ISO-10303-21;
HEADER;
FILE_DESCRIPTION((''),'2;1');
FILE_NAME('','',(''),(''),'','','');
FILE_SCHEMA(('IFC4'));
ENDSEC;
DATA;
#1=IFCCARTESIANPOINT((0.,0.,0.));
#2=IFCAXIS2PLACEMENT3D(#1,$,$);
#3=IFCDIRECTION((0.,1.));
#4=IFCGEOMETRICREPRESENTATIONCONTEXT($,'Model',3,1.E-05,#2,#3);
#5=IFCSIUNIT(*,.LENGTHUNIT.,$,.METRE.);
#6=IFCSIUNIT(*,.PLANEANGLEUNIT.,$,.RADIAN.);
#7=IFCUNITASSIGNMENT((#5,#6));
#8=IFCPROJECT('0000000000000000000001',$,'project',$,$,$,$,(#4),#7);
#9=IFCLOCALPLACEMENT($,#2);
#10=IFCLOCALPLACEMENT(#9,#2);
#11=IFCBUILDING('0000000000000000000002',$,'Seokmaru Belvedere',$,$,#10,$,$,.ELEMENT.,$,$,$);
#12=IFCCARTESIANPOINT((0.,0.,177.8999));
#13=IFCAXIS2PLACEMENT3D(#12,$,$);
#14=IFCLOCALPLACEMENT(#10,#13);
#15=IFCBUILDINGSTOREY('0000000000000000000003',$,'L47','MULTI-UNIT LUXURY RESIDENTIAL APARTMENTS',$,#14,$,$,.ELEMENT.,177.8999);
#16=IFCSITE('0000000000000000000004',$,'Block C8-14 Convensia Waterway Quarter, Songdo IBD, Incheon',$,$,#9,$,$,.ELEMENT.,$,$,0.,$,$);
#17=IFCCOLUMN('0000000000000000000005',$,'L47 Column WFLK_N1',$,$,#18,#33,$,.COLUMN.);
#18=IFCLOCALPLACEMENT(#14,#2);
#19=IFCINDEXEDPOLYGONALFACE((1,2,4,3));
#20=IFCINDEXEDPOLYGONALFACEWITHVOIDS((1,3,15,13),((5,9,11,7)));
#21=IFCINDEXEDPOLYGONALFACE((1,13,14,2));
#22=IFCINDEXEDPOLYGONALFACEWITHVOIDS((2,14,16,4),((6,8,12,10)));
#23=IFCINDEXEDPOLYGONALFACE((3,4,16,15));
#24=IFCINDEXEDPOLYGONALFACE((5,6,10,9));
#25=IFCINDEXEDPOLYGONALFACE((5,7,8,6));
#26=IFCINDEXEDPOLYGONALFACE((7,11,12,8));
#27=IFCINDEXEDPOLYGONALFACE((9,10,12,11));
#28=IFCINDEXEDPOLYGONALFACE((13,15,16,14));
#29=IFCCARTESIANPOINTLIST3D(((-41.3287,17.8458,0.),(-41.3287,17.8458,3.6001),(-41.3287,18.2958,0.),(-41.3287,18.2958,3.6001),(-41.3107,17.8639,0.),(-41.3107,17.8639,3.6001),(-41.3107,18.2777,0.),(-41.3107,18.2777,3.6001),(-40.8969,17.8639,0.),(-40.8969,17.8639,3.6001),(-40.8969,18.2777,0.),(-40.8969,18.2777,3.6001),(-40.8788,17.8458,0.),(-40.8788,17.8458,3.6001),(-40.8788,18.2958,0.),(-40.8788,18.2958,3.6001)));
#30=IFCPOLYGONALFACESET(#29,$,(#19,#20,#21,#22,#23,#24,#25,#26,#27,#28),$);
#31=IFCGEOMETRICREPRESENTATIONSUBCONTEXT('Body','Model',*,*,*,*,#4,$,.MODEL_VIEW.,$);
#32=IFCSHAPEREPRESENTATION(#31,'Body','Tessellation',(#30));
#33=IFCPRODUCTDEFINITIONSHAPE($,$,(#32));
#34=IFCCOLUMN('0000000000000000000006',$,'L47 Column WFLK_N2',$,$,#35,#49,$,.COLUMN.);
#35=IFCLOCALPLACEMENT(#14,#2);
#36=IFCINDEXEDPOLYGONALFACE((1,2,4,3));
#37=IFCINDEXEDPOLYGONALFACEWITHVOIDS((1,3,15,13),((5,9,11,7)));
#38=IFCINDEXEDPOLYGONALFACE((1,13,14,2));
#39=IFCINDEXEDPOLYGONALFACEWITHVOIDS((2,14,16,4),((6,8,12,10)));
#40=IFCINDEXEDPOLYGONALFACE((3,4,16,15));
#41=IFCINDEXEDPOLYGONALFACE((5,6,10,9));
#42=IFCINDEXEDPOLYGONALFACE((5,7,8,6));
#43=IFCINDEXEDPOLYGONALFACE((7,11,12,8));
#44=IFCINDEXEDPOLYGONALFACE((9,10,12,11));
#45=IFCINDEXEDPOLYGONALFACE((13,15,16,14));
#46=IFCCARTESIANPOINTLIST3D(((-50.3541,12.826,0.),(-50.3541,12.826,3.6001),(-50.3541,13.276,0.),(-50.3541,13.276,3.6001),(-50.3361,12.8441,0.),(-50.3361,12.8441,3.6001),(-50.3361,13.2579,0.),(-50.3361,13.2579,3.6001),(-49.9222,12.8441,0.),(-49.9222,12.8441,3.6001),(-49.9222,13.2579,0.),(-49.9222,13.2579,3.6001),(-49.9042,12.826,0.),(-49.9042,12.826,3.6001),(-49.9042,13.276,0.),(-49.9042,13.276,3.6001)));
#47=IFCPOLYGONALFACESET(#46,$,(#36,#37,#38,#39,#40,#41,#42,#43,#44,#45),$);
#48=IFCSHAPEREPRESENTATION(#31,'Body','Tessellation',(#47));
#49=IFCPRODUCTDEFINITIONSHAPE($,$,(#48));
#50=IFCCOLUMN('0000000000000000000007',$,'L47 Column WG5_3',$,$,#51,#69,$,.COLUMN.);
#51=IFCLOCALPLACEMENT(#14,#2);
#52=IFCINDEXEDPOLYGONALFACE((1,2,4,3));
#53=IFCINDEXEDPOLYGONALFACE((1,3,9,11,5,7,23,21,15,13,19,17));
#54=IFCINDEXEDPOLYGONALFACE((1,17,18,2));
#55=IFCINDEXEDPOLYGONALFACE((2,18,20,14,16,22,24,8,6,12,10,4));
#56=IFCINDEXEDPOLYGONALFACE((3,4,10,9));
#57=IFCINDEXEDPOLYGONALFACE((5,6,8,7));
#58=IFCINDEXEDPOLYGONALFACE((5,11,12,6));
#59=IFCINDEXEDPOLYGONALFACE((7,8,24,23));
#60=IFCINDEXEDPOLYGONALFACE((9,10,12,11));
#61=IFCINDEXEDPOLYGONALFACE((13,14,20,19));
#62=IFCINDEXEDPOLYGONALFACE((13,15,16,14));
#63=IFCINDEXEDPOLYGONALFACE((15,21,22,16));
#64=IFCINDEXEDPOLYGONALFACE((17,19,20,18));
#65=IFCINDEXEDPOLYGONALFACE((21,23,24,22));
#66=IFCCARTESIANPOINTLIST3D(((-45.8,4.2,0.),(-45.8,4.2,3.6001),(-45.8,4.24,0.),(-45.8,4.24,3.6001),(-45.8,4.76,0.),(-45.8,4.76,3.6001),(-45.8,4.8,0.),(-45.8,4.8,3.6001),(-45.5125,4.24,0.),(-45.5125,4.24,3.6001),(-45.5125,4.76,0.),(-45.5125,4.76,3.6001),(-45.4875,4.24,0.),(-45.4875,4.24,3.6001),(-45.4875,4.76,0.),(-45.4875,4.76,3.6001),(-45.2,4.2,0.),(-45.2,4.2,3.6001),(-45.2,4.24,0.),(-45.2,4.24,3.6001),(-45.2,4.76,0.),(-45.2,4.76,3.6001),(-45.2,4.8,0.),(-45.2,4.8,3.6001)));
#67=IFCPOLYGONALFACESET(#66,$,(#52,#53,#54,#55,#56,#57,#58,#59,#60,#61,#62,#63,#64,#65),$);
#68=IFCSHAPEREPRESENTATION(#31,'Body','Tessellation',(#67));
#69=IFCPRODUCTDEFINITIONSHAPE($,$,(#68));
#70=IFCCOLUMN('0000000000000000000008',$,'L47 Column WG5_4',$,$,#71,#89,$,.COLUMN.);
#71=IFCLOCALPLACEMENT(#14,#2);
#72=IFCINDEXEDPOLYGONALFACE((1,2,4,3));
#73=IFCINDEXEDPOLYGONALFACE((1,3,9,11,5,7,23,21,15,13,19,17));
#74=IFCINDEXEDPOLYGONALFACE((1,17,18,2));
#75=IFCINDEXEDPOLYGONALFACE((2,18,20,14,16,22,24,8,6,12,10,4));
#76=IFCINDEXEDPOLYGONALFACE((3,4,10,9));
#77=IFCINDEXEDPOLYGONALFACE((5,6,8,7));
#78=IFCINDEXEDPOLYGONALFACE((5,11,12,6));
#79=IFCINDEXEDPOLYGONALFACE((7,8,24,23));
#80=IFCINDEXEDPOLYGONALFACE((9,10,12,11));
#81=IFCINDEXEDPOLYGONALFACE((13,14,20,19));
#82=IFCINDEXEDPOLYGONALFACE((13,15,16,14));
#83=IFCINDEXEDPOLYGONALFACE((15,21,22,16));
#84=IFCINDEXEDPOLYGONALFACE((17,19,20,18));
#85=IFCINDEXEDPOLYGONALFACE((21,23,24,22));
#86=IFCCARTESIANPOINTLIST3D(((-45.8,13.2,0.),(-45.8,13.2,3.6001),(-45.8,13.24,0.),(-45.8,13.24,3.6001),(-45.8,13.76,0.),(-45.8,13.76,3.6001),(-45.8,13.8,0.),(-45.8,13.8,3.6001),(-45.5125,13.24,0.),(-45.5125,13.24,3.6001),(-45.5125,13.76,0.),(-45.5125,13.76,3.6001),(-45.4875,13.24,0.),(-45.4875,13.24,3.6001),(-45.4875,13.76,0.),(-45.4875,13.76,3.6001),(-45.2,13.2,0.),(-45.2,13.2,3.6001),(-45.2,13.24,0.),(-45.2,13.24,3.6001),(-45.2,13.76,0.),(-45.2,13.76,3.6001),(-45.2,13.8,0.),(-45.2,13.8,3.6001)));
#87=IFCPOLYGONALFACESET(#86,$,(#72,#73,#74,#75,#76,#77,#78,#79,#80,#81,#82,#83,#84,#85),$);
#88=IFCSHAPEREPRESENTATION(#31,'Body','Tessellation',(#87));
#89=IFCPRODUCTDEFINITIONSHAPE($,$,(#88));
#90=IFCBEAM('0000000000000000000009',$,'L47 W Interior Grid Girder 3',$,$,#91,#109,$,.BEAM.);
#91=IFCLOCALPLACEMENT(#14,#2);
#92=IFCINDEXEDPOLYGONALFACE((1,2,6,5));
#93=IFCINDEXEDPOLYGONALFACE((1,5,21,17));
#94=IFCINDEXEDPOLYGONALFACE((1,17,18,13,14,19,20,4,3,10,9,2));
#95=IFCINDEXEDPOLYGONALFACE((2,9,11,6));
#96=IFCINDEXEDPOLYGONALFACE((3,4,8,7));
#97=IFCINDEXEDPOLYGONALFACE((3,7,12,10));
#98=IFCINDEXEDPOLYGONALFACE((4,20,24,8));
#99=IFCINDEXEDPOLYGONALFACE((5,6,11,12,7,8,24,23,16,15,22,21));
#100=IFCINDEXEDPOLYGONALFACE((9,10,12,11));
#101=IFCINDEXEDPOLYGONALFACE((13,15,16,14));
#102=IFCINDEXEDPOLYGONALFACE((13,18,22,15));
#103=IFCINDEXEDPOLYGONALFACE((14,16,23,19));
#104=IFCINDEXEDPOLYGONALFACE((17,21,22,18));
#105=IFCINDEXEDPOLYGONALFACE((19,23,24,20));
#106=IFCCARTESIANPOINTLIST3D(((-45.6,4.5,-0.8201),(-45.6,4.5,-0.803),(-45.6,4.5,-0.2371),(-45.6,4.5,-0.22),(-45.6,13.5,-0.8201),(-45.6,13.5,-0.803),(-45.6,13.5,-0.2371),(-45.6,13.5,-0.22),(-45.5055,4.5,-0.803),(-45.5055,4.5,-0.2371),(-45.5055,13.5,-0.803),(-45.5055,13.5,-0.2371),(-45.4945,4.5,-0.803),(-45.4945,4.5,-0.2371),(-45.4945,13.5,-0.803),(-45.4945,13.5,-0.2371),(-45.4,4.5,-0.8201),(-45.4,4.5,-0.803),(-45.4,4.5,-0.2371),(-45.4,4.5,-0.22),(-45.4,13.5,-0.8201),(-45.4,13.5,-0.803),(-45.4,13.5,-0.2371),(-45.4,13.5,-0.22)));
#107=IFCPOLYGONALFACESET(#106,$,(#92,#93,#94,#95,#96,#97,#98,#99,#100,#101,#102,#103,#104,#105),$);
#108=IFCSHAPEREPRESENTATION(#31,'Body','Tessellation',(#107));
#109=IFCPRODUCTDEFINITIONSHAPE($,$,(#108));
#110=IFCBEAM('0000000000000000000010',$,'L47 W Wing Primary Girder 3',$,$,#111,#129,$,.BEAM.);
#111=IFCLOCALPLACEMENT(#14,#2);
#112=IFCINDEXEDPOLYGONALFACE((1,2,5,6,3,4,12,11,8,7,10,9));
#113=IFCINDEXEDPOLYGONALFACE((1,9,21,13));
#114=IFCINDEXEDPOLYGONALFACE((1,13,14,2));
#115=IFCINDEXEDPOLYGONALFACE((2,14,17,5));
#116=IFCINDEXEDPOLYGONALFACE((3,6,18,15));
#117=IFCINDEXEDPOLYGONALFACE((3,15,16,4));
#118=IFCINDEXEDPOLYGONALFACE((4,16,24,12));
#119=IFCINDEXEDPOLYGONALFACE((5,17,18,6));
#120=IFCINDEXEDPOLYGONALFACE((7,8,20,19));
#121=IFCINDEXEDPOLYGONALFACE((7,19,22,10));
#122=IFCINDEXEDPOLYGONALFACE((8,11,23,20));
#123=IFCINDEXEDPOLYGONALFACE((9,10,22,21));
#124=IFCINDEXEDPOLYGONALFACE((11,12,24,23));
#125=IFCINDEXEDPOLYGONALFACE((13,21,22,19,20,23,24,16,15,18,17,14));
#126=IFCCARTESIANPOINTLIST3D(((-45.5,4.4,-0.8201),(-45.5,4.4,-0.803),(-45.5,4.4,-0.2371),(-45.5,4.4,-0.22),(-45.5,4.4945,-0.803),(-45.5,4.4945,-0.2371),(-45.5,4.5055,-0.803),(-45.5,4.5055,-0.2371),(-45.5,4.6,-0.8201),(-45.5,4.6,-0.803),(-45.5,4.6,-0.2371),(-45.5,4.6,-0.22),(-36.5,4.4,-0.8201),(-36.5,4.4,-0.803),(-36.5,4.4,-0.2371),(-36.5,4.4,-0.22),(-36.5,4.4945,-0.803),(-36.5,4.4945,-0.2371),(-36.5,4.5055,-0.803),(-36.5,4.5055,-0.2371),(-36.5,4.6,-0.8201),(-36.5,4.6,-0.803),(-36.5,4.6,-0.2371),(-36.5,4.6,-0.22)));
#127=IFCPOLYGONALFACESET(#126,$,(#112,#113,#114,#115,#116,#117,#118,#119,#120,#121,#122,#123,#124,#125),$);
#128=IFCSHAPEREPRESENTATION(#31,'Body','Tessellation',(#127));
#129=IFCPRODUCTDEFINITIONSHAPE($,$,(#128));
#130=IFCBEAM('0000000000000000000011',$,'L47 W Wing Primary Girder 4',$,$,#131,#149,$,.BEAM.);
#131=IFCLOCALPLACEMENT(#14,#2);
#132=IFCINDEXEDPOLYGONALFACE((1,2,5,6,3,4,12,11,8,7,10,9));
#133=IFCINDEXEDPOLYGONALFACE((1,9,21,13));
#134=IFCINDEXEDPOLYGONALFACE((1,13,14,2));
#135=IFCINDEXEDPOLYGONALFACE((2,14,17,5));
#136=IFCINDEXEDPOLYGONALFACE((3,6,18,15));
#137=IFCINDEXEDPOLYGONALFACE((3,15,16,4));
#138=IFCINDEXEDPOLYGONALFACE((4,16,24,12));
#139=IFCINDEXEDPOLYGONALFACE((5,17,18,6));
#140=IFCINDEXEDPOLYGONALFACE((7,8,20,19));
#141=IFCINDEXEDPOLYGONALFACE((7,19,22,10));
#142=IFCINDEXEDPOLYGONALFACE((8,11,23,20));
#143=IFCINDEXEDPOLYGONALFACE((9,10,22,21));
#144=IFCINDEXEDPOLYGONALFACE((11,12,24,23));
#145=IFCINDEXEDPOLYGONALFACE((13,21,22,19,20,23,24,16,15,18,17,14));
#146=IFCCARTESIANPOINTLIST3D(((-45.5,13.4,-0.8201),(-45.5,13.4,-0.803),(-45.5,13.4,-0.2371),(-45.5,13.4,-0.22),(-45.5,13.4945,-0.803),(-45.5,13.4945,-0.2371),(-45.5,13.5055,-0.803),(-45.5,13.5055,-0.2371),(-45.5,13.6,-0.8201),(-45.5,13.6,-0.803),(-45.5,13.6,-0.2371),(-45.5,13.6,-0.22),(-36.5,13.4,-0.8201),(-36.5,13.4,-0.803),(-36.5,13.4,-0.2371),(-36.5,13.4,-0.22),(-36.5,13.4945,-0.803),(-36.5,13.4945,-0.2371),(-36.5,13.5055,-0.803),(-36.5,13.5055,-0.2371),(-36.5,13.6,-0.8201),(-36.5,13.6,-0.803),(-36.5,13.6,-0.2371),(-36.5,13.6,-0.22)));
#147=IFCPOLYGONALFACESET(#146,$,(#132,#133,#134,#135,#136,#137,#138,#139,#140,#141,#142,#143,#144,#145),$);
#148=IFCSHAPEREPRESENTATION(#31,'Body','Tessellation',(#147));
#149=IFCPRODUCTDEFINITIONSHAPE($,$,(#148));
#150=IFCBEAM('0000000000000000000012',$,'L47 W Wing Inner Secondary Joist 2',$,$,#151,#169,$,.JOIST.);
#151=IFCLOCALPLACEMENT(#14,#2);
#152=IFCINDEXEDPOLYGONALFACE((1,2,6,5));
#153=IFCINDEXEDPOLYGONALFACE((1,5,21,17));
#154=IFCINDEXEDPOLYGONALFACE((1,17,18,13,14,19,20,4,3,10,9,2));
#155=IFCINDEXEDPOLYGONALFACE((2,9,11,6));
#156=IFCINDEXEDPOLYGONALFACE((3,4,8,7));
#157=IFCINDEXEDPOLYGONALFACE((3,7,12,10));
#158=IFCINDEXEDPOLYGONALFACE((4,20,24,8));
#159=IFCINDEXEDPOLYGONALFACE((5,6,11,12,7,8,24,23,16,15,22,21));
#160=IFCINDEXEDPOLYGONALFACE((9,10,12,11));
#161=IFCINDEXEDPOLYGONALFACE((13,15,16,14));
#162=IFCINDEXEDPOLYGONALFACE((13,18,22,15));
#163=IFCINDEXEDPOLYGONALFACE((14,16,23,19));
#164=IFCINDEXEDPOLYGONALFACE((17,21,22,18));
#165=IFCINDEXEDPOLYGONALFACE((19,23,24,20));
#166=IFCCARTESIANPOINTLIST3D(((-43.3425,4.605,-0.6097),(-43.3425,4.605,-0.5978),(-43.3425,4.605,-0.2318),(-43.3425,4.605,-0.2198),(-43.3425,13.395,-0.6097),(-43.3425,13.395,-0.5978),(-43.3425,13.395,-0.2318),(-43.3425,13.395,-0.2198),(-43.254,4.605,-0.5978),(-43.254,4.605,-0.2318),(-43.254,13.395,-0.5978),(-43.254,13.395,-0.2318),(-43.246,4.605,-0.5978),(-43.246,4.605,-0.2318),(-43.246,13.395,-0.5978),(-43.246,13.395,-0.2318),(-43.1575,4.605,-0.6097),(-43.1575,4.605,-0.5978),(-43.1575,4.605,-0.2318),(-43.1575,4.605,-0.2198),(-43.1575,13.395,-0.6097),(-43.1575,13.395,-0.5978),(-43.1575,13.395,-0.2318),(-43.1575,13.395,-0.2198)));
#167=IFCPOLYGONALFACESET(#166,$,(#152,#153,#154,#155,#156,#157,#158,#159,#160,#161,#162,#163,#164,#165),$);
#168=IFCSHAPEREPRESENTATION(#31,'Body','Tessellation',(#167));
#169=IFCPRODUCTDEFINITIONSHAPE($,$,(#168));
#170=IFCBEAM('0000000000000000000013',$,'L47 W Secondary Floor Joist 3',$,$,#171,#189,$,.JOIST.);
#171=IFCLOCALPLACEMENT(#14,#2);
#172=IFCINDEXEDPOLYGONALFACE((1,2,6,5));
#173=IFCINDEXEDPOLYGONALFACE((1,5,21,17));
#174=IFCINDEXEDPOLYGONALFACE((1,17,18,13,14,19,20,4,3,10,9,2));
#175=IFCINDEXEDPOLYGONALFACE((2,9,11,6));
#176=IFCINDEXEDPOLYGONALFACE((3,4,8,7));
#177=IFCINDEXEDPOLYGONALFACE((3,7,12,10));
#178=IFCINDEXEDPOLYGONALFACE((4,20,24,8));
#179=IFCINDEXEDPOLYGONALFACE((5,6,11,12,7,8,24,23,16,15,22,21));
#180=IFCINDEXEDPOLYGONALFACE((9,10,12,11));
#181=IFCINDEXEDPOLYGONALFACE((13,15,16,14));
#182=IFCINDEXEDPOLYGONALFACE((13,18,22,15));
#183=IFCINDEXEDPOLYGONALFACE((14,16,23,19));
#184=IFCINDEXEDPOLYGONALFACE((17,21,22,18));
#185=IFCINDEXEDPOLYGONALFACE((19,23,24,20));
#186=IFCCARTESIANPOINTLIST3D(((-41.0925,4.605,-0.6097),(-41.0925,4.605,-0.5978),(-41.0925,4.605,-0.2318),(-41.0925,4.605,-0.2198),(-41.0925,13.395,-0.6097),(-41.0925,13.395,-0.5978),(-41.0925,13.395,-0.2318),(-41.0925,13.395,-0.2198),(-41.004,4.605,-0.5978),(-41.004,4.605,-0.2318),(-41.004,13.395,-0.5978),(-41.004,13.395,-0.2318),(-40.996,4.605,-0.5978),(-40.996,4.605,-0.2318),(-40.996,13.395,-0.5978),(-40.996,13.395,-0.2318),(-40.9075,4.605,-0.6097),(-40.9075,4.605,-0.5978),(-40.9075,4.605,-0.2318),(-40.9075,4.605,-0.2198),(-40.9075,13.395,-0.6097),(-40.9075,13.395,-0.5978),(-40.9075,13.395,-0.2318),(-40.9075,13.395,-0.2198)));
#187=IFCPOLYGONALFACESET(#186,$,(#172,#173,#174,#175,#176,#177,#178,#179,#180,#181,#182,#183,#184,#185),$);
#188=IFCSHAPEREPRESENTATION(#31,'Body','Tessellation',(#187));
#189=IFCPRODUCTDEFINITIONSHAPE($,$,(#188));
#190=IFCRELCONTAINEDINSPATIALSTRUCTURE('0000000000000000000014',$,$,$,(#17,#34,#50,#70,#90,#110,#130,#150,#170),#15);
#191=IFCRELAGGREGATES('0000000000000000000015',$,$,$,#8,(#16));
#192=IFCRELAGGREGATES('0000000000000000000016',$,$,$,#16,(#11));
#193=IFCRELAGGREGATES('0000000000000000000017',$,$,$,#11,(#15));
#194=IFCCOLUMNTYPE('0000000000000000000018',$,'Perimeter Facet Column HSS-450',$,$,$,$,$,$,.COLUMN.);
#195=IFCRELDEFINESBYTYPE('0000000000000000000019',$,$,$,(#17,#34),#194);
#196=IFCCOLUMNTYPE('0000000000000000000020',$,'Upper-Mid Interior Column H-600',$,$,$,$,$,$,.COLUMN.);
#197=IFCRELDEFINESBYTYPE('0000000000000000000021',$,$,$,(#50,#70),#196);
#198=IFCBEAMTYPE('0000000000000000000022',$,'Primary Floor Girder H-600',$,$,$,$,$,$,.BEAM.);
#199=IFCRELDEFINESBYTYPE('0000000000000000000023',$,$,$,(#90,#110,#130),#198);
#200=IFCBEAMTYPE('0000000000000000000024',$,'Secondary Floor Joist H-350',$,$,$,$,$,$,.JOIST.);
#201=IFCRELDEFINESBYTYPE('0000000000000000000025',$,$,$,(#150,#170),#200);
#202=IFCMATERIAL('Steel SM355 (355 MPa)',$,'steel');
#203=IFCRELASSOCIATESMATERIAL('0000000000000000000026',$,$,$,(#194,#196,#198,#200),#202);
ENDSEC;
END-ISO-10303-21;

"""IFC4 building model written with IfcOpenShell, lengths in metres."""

from ifc_helpers import new_model, si_unit, direction, frame, origin, origin_2d, place, context, subcontext, project, spatial, hollow_rectangle, i_section, extrude, source, transform, mapped, material, material_profile, profile_set, type_object, type_shapes, element, save


model = new_model("IFC4")

# Units and contexts
model_context = context("Model", 3, precision=1e-05, world=origin(), true_north=direction((0.0, 1.0)))
body_context = subcontext(model_context, "Body", "Model", "MODEL_VIEW")
ifc_project = project(units=[si_unit("LENGTHUNIT", "METRE"), si_unit("PLANEANGLEUNIT", "RADIAN")], contexts=[model_context])

# Site, building, storey
site_placement = place(None, origin())
site = spatial("IfcSite", under=ifc_project, at=site_placement, Name="Block C8-14 Convensia Waterway Quarter, Songdo IBD, Incheon", CompositionType="ELEMENT", RefElevation=0.0)
building_placement = place(site_placement, origin())
building = spatial("IfcBuilding", under=site, at=building_placement, Name="Seokmaru Belvedere", CompositionType="ELEMENT")
storey_placement = place(building_placement, frame((0.0, 0.0, 177.8999)))
storey = spatial("IfcBuildingStorey", under=building, at=storey_placement, Name="L47", Description="MULTI-UNIT LUXURY RESIDENTIAL APARTMENTS", CompositionType="ELEMENT", Elevation=177.8999)

# Columns
ifc_material_1 = material(Name="Steel SM355 (355 MPa)", Category="steel")
ifc_material_profile_1 = material_profile(ifc_material_1, hollow_rectangle(XDim=0.45, YDim=0.45, WallThickness=0.0181, at=origin_2d()), Name="HSS-450x450x18")
ifc_profile_set_1 = profile_set([ifc_material_profile_1], Name="Steel SM355 (355 MPa)")
column_type_1 = type_object("IfcColumnType", Name="Perimeter Facet Column HSS-450", PredefinedType="COLUMN", material=ifc_profile_set_1)
shared_shape_1 = source(origin(), body_context, "Body", "SweptSolid", [
    extrude(hollow_rectangle(XDim=0.45, YDim=0.45, WallThickness=0.0181, at=origin_2d()), origin(), (0.0, 0.0, 1.0), 3.6001),
])
type_shapes(column_type_1, [shared_shape_1])
for number, where, z_axis, x_axis, name in (
    (1, (-41.1038, 18.0708, 0.0), (0.0, 0.0, 1.0), (1.0, 0.0, 0.0), "L47 Column WFLK_N1"),
    (2, (-50.1292, 13.051, 0.0), (0.0, 0.0, 1.0), (1.0, 0.0, 0.0), "L47 Column WFLK_N2"),
):
    element("IfcColumn", number, at=place(storey_placement, frame(where, z_axis=z_axis, x_axis=x_axis)), inside=storey, type_object=column_type_1, Name=name, PredefinedType="COLUMN", context=body_context, shape_type="MappedRepresentation", body=[
        mapped(shared_shape_1, transform((0.0, 0.0, 0.0), scale=1.0)),
    ])
ifc_material_profile_2 = material_profile(ifc_material_1, i_section(OverallWidth=0.6001, OverallDepth=0.6001, WebThickness=0.0249, FlangeThickness=0.04, at=origin_2d()), Name="H-600x600x25x40")
ifc_profile_set_2 = profile_set([ifc_material_profile_2], Name="Steel SM355 (355 MPa)")
column_type_2 = type_object("IfcColumnType", Name="Upper-Mid Interior Column H-600", PredefinedType="COLUMN", material=ifc_profile_set_2)
shared_shape_2 = source(origin(), body_context, "Body", "SweptSolid", [
    extrude(i_section(OverallWidth=0.6001, OverallDepth=0.6001, WebThickness=0.0249, FlangeThickness=0.04, at=origin_2d()), origin(), (0.0, 0.0, 1.0), 3.6001),
])
type_shapes(column_type_2, [shared_shape_2])
for number, where, z_axis, x_axis, name in (
    (3, (-45.5, 4.5, 0.0), (0.0, 0.0, 1.0), (1.0, 0.0, 0.0), "L47 Column WG5_3"),
    (4, (-45.5, 13.5, 0.0), (0.0, 0.0, 1.0), (1.0, 0.0, 0.0), "L47 Column WG5_4"),
):
    element("IfcColumn", number, at=place(storey_placement, frame(where, z_axis=z_axis, x_axis=x_axis)), inside=storey, type_object=column_type_2, Name=name, PredefinedType="COLUMN", context=body_context, shape_type="MappedRepresentation", body=[
        mapped(shared_shape_2, transform((0.0, 0.0, 0.0), scale=1.0)),
    ])

# Beams
ifc_material_profile_3 = material_profile(ifc_material_1, i_section(OverallWidth=0.2, OverallDepth=0.6001, WebThickness=0.011, FlangeThickness=0.0171, at=origin_2d()), Name="H-600x200x11x17")
ifc_profile_set_3 = profile_set([ifc_material_profile_3], Name="Steel SM355 (355 MPa)")
beam_type_1 = type_object("IfcBeamType", Name="Primary Floor Girder H-600", PredefinedType="BEAM", material=ifc_profile_set_3)
shared_shape_3 = source(origin(), body_context, "Body", "SweptSolid", [
    extrude(i_section(OverallWidth=0.2, OverallDepth=0.6001, WebThickness=0.011, FlangeThickness=0.0171, at=origin_2d()), origin(), (0.0, 0.0, 1.0), 9.0),
])
for number, where, z_axis, x_axis, name in (
    (5, (-45.5, 4.5, -0.52), (0.0, 1.0, 0.0), (-1.0, 0.0, 0.0), "L47 W Interior Grid Girder 3"),
    (6, (-45.5, 4.5, -0.52), (1.0, 0.0, 0.0), (0.0, 1.0, 0.0), "L47 W Wing Primary Girder 3"),
    (7, (-45.5, 13.5, -0.52), (1.0, 0.0, 0.0), (0.0, 1.0, 0.0), "L47 W Wing Primary Girder 4"),
):
    element("IfcBeam", number, at=place(storey_placement, frame(where, z_axis=z_axis, x_axis=x_axis)), inside=storey, type_object=beam_type_1, Name=name, PredefinedType="BEAM", context=body_context, shape_type="MappedRepresentation", body=[
        mapped(shared_shape_3, transform((0.0, 0.0, 0.0), scale=1.0)),
    ])
ifc_material_profile_4 = material_profile(ifc_material_1, i_section(OverallWidth=0.1851, OverallDepth=0.3899, WebThickness=0.0081, FlangeThickness=0.012, at=origin_2d()), Name="H-390x185x8x12")
ifc_profile_set_4 = profile_set([ifc_material_profile_4], Name="Steel SM355 (355 MPa)")
beam_type_2 = type_object("IfcBeamType", Name="Secondary Floor Joist H-350", PredefinedType="JOIST", material=ifc_profile_set_4)
shared_shape_4 = source(origin(), body_context, "Body", "SweptSolid", [
    extrude(i_section(OverallWidth=0.1851, OverallDepth=0.3899, WebThickness=0.0081, FlangeThickness=0.012, at=origin_2d()), origin(), (0.0, 0.0, 1.0), 8.79),
])
type_shapes(beam_type_2, [shared_shape_4])
for number, where, z_axis, x_axis, name in (
    (8, (-43.25, 4.605, -0.4148), (0.0, 1.0, 0.0), (-1.0, 0.0, 0.0), "L47 W Wing Inner Secondary Joist 2"),
    (9, (-41.0, 4.605, -0.4148), (0.0, 1.0, 0.0), (-1.0, 0.0, 0.0), "L47 W Secondary Floor Joist 3"),
):
    element("IfcBeam", number, at=place(storey_placement, frame(where, z_axis=z_axis, x_axis=x_axis)), inside=storey, type_object=beam_type_2, Name=name, PredefinedType="JOIST", context=body_context, shape_type="MappedRepresentation", body=[
        mapped(shared_shape_4, transform((0.0, 0.0, 0.0), scale=1.0)),
    ])

save(model, "model.ifc")
